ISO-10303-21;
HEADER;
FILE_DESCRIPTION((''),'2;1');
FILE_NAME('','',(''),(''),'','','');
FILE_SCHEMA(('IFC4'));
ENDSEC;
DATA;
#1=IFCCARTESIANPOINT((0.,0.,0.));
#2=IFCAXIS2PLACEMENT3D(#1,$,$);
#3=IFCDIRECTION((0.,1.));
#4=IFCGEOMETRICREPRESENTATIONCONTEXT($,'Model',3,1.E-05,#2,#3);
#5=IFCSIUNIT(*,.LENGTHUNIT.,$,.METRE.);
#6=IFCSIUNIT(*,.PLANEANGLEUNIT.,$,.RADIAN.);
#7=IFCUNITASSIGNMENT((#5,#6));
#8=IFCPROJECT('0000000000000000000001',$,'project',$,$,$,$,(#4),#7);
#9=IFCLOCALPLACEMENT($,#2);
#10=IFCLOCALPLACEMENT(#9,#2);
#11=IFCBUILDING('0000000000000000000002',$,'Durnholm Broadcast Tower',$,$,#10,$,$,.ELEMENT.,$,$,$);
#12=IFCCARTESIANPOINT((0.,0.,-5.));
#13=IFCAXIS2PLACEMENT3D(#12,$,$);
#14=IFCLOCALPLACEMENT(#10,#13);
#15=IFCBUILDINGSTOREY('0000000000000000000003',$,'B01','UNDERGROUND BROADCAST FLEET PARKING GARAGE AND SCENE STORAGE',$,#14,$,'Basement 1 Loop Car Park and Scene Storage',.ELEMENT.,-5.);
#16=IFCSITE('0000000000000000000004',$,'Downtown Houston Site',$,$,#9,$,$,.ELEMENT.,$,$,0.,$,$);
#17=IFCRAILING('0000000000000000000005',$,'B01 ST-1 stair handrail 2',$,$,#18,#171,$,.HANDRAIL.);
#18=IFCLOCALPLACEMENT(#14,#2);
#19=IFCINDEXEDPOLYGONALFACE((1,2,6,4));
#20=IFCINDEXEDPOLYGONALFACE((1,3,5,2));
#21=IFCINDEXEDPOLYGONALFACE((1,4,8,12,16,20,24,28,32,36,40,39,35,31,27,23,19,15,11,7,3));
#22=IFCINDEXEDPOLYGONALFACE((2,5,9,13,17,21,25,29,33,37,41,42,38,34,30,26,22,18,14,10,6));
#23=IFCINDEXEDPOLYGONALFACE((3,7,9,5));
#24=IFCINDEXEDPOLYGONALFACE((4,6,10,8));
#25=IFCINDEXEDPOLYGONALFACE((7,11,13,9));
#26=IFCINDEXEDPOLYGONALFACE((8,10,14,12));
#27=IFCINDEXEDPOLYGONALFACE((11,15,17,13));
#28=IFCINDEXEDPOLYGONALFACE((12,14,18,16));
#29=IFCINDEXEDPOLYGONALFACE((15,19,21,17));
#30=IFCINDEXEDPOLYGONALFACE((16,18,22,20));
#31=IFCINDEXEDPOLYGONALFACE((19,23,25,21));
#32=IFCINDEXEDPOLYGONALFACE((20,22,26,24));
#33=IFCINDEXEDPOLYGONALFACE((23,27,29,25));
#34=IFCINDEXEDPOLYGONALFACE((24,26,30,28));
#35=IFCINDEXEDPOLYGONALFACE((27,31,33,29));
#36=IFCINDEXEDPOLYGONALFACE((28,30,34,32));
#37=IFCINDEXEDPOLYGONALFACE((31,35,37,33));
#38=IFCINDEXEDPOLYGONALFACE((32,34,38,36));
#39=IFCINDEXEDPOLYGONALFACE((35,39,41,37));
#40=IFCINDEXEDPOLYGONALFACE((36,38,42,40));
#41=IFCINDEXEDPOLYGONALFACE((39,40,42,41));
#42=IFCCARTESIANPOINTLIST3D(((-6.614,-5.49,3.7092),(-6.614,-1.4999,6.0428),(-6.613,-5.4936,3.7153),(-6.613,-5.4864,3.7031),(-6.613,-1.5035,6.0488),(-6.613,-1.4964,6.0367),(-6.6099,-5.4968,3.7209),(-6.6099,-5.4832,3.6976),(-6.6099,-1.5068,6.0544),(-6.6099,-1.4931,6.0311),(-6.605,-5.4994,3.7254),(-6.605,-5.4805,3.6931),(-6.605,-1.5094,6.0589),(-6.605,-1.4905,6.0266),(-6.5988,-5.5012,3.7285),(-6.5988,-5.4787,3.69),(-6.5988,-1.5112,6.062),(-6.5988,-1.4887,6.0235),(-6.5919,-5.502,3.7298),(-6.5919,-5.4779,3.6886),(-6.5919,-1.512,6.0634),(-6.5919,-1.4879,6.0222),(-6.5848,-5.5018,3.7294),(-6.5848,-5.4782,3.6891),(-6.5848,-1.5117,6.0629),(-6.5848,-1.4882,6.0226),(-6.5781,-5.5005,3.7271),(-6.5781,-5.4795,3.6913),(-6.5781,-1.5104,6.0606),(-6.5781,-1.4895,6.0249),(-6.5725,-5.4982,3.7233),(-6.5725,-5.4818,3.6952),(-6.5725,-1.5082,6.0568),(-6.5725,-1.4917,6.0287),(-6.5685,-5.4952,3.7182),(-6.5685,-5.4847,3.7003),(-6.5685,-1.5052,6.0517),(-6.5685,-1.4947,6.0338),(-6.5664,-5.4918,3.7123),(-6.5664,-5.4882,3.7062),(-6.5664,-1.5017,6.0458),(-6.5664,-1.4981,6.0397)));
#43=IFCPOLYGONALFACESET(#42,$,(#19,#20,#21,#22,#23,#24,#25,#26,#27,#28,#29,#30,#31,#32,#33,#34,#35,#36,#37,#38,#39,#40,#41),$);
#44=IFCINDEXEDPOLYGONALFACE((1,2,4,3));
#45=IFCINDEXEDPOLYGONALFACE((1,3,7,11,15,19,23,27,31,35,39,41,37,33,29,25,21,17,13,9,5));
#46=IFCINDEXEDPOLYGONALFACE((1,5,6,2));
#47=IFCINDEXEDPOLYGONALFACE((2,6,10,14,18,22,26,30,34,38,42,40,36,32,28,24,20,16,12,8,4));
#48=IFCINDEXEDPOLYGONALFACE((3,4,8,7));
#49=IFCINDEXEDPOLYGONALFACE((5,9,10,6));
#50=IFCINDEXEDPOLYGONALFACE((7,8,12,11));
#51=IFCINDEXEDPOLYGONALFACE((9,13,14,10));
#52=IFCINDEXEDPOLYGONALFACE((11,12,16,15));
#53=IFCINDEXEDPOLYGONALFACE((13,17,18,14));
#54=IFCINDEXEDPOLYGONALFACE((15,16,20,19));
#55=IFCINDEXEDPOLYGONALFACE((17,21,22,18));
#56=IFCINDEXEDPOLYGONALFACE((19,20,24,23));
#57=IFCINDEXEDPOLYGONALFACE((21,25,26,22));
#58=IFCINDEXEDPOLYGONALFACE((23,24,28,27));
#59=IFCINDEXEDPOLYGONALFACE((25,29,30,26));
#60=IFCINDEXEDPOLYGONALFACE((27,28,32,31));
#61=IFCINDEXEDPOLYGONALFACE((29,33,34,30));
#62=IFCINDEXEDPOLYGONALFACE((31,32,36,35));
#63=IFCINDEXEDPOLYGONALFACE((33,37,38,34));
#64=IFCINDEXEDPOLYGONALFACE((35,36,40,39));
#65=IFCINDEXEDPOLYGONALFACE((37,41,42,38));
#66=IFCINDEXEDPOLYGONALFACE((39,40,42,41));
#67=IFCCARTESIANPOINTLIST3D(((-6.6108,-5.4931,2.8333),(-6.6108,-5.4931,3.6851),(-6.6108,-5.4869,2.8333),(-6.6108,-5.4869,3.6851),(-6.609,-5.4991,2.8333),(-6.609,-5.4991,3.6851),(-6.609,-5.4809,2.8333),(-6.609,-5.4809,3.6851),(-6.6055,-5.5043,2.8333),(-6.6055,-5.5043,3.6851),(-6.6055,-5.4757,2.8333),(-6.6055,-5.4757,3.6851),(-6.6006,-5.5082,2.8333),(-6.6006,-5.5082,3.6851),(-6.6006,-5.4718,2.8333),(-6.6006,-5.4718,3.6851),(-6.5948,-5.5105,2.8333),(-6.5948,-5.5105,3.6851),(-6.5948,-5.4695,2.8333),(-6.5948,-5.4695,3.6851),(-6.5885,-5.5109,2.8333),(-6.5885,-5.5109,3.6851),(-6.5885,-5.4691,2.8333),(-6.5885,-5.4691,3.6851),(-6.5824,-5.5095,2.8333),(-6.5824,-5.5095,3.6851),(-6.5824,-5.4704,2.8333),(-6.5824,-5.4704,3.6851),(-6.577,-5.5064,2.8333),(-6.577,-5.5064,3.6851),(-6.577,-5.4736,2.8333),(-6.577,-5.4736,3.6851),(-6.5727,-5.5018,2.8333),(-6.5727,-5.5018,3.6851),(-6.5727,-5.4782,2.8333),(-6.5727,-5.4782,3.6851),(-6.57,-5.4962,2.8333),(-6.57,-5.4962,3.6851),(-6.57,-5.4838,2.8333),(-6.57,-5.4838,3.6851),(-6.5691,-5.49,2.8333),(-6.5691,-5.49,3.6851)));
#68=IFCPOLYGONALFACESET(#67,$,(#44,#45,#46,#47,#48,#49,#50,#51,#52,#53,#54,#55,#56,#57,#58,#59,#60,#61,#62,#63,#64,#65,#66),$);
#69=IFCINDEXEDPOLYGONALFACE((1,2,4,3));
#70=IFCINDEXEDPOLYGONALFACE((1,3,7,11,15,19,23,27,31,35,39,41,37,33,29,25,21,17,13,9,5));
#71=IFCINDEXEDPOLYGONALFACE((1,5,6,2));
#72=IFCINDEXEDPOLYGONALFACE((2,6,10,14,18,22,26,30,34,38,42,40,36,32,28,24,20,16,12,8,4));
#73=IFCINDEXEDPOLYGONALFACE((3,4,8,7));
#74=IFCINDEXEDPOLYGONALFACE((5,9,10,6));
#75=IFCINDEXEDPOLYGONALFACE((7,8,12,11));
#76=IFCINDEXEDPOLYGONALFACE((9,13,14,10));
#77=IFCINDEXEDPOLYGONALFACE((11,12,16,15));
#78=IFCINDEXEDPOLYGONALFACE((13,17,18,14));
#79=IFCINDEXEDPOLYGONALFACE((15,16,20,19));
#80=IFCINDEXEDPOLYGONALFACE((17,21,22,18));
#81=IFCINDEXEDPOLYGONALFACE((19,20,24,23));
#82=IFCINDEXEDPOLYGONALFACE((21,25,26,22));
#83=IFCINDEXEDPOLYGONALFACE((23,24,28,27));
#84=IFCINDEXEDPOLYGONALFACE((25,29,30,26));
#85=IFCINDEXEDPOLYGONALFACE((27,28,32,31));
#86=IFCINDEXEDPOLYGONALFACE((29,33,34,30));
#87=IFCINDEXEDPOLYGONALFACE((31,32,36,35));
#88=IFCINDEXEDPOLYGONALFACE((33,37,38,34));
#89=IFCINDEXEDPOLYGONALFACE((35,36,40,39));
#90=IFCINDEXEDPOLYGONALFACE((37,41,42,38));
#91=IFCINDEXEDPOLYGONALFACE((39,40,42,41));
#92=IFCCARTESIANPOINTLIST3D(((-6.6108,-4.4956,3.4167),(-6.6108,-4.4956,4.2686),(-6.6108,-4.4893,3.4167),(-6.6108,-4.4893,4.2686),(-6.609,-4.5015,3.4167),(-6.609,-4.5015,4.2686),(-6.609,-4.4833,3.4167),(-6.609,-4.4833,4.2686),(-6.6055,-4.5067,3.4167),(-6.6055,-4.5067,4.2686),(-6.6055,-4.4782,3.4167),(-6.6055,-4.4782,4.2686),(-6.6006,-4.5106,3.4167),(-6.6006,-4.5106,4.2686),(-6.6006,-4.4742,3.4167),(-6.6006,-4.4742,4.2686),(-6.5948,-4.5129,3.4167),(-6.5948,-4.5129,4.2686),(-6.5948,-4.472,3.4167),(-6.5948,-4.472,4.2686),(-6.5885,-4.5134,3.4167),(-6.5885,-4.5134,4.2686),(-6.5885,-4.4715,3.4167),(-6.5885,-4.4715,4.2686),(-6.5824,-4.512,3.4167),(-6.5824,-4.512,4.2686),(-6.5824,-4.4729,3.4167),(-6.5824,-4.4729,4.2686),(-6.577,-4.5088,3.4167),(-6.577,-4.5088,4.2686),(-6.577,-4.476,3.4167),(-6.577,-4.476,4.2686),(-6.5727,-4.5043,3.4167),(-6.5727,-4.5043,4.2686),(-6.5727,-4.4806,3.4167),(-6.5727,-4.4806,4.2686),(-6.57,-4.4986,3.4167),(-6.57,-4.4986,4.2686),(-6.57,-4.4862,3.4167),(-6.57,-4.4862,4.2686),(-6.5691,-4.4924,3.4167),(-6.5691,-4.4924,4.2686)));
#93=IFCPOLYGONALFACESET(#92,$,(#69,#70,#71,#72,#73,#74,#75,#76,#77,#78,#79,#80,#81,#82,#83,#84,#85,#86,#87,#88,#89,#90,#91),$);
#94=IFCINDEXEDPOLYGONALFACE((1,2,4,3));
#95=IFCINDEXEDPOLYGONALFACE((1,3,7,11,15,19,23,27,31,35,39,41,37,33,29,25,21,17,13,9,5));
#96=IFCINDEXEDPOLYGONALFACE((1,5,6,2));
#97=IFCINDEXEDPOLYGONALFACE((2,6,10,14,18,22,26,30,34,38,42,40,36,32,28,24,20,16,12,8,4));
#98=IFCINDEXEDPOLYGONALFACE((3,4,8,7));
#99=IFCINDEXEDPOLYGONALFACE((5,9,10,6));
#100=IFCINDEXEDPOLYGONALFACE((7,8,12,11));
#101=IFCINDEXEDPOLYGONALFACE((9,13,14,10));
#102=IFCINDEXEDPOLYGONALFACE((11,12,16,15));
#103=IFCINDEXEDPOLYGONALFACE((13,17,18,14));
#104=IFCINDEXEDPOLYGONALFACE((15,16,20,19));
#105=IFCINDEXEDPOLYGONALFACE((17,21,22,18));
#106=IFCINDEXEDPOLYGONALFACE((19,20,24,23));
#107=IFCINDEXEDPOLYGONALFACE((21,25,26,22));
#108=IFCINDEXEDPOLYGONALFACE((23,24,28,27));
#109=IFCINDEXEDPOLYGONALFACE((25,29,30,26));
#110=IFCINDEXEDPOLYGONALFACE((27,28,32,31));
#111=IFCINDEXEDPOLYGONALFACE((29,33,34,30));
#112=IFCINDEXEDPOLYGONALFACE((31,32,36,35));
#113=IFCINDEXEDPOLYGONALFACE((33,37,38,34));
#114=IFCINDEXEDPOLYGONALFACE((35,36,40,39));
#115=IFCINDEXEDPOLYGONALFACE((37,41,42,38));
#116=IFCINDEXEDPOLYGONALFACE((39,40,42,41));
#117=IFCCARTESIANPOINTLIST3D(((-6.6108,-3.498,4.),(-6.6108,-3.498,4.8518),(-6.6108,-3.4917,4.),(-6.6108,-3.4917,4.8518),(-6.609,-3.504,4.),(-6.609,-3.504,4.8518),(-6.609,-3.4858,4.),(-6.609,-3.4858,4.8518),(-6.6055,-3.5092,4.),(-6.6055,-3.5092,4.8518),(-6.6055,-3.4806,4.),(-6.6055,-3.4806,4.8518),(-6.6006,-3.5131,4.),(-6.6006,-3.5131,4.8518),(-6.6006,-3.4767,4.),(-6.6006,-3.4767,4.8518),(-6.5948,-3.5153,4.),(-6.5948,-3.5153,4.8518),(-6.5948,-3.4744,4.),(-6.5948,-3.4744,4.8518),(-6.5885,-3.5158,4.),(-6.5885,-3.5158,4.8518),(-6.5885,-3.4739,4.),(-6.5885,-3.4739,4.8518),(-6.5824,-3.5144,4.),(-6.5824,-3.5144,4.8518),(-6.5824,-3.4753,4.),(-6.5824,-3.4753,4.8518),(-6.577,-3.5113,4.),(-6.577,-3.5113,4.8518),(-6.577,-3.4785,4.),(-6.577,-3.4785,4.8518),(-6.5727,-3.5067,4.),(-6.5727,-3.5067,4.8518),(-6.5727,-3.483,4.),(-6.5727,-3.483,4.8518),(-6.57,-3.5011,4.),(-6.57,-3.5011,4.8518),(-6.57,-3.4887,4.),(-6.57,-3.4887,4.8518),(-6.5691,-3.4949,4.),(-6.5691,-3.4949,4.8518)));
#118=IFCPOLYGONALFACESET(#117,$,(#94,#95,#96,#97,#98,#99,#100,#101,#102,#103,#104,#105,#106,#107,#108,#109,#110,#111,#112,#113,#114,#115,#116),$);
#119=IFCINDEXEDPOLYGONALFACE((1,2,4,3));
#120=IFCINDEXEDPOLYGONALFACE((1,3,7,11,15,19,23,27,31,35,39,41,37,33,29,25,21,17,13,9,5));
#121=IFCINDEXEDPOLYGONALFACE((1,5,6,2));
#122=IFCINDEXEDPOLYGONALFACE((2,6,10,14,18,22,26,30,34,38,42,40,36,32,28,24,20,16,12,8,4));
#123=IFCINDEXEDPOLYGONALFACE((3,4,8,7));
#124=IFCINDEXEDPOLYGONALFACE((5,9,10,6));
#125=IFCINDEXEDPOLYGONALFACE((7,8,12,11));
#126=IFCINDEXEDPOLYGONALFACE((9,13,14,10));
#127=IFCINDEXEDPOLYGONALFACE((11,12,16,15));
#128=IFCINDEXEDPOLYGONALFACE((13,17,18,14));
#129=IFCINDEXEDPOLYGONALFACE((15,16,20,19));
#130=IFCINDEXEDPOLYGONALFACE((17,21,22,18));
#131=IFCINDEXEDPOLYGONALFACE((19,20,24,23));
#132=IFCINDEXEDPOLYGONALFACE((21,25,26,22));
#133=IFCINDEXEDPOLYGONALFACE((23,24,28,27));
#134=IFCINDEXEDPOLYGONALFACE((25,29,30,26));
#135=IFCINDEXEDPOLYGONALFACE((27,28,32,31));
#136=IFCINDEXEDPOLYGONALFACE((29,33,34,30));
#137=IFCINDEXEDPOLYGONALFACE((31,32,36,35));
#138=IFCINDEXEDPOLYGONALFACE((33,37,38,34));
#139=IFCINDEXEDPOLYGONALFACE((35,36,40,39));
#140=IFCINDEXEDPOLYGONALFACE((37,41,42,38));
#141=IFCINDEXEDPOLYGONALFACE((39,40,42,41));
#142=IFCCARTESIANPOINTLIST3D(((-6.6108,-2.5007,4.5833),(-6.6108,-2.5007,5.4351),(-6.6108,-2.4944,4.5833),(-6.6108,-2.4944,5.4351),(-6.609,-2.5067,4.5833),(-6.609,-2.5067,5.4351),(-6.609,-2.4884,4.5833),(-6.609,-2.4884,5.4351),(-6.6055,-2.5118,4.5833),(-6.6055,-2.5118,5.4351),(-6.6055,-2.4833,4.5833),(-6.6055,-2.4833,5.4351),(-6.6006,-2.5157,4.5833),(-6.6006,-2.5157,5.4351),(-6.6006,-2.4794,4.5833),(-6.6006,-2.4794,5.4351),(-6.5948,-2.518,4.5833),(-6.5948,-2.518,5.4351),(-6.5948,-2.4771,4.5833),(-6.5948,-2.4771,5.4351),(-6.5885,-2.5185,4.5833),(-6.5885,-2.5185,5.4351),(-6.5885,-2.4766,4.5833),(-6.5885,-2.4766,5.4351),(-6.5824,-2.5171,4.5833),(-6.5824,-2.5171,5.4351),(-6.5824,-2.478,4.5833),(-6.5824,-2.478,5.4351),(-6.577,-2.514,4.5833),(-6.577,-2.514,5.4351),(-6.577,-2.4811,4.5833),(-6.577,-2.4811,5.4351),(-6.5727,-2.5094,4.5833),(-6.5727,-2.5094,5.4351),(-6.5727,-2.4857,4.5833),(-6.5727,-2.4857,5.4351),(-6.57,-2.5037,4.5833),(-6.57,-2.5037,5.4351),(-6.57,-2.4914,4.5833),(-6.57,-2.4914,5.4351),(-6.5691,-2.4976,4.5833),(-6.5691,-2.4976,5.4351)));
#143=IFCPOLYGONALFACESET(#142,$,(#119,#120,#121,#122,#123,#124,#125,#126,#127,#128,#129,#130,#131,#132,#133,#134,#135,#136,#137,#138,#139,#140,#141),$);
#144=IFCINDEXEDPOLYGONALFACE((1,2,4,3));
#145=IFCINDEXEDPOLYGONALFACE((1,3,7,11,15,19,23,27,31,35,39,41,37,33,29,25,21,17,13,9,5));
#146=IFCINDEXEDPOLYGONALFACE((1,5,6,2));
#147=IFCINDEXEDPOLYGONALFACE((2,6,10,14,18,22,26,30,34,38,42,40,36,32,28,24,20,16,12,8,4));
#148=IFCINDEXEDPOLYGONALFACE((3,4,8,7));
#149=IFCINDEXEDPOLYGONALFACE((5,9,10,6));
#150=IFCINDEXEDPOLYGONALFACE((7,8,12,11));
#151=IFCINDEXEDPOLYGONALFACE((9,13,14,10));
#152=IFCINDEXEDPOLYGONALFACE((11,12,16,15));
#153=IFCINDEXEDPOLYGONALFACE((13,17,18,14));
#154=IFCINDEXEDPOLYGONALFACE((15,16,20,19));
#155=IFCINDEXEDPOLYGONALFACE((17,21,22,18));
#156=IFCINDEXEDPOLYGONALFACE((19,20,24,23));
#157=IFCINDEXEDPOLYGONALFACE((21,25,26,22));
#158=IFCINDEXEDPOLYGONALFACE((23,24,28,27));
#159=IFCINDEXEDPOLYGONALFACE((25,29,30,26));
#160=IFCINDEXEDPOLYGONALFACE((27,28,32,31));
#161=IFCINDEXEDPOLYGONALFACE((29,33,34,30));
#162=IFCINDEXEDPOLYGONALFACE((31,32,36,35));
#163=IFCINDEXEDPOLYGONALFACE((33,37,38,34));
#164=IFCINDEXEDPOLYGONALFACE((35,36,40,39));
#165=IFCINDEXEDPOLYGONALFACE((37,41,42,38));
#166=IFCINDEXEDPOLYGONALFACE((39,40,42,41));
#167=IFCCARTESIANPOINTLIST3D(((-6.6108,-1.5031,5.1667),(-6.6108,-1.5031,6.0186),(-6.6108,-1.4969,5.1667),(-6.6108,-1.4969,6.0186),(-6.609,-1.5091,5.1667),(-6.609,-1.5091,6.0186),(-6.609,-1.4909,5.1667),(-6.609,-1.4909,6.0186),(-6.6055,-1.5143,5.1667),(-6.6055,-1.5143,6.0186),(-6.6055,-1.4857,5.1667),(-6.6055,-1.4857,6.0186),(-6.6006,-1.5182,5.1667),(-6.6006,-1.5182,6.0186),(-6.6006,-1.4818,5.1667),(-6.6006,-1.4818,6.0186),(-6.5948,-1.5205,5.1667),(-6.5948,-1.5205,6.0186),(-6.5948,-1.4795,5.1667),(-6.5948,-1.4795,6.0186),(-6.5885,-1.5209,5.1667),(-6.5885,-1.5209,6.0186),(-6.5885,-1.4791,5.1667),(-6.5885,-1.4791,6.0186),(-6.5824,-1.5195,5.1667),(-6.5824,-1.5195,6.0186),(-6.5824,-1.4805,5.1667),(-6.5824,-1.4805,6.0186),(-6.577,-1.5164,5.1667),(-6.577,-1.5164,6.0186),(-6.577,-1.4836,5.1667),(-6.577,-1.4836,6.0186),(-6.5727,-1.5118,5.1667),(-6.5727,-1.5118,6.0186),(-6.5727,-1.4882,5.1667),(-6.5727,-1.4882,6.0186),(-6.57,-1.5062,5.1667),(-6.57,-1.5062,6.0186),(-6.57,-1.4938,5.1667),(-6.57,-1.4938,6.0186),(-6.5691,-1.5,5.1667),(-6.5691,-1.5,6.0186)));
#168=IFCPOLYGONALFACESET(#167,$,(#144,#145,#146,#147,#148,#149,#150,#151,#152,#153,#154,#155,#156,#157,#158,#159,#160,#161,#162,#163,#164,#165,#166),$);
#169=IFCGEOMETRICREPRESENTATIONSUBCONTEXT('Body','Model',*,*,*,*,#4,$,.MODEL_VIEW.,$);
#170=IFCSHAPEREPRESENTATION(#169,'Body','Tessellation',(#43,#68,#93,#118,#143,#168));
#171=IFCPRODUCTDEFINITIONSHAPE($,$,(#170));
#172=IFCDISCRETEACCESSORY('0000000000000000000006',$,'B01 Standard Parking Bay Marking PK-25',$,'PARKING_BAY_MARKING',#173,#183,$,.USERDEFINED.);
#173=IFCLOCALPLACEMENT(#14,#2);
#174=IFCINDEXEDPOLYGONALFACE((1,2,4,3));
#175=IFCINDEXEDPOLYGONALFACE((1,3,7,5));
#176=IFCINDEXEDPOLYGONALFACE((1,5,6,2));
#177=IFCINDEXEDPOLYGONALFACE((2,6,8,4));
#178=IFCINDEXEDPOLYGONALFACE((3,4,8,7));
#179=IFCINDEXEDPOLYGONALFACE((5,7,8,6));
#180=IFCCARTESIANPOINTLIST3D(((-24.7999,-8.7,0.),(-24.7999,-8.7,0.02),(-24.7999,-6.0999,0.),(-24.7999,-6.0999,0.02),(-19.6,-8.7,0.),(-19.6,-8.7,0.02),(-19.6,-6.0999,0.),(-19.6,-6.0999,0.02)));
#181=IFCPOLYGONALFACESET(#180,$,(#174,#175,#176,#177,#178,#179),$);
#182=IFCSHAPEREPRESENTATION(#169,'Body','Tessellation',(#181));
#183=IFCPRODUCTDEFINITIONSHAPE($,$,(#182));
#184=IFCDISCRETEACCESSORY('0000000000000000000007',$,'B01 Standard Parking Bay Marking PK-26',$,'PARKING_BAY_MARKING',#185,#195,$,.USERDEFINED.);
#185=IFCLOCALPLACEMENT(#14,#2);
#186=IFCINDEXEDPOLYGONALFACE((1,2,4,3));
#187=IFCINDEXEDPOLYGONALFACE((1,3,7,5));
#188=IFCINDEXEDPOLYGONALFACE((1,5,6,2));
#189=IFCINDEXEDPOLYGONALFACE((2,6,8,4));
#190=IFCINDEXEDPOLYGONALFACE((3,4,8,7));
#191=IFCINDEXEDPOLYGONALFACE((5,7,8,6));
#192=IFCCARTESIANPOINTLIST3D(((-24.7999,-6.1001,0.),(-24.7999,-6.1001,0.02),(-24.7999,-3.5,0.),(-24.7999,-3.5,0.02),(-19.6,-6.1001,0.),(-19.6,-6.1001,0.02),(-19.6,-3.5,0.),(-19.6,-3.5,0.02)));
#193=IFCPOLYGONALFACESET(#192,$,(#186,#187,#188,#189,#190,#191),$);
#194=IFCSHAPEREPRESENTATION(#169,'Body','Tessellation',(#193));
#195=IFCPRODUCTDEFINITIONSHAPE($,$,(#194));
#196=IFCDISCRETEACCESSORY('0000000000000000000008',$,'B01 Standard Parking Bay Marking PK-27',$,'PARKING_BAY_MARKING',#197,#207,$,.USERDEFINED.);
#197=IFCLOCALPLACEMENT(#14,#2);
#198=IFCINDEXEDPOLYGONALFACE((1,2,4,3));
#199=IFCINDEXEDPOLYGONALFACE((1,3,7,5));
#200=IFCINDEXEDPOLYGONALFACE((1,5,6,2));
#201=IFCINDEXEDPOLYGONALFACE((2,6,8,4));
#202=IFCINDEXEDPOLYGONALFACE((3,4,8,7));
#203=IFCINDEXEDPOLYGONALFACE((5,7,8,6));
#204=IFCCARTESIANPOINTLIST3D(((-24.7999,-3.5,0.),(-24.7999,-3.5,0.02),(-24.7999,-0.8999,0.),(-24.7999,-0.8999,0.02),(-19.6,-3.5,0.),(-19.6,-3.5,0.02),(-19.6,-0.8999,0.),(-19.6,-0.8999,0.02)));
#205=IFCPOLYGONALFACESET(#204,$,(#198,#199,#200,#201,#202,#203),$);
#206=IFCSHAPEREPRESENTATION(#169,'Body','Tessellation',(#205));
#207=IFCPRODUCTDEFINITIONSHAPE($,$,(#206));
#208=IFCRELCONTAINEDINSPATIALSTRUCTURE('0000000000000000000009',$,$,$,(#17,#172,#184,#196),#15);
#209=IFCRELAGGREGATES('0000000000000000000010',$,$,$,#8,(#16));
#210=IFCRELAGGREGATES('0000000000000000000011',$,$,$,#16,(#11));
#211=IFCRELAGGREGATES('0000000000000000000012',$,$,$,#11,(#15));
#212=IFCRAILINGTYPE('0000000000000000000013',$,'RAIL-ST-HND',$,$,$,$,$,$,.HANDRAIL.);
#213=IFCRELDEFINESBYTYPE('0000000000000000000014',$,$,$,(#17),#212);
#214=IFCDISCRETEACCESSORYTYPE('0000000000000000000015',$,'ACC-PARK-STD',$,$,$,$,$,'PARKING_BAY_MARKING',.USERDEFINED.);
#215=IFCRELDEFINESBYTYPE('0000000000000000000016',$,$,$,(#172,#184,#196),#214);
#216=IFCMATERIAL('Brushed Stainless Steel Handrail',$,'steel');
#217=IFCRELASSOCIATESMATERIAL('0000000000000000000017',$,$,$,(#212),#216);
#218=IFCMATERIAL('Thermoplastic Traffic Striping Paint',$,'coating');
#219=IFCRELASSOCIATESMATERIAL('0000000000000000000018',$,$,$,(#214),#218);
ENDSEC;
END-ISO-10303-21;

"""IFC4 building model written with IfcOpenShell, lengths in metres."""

from ifc_helpers import new_model, si_unit, direction, frame, origin, origin_2d, place, context, subcontext, project, spatial, rectangle, circle, extrude, source, transform, mapped, material, type_object, type_shapes, element, save


model = new_model("IFC4")

# Units and contexts
model_context = context("Model", 3, precision=1e-05, world=origin(), true_north=direction((0.0, 1.0)))
body_context = subcontext(model_context, "Body", "Model", "MODEL_VIEW")
ifc_project = project(units=[si_unit("LENGTHUNIT", "METRE"), si_unit("PLANEANGLEUNIT", "RADIAN")], contexts=[model_context])

# Site, building, storey
site_placement = place(None, origin())
site = spatial("IfcSite", under=ifc_project, at=site_placement, Name="Downtown Houston Site", CompositionType="ELEMENT", RefElevation=0.0)
building_placement = place(site_placement, origin())
building = spatial("IfcBuilding", under=site, at=building_placement, Name="Durnholm Broadcast Tower", CompositionType="ELEMENT")
storey_placement = place(building_placement, frame((0.0, 0.0, -5.0)))
storey = spatial("IfcBuildingStorey", under=building, at=storey_placement, Name="B01", Description="UNDERGROUND BROADCAST FLEET PARKING GARAGE AND SCENE STORAGE", LongName="Basement 1 Loop Car Park and Scene Storage", CompositionType="ELEMENT", Elevation=-5.0)

# Railing
ifc_material_1 = material(Name="Brushed Stainless Steel Handrail", Category="steel")
railing_type_1 = type_object("IfcRailingType", Name="RAIL-ST-HND", PredefinedType="HANDRAIL", material=ifc_material_1)
railing_1_placement = place(storey_placement, frame((-6.5901, -5.49, 2.8333)))
element("IfcRailing", 1, at=railing_1_placement, inside=storey, type_object=railing_type_1, Name="B01 ST-1 stair handrail 2", PredefinedType="HANDRAIL", context=body_context, shape_type="SweptSolid", body=[
    extrude(circle(Radius=0.0239, at=origin_2d()), frame((0.0, 0.0, 0.876), z_axis=(0.0, 0.863213, 0.50484), x_axis=(-1.0, 0.0, 0.0)), (0.0, 0.0, 1.0), 4.6223),
    extrude(circle(Radius=0.021, at=origin_2d()), origin(), (0.0, 0.0, 1.0), 0.8518),
    extrude(circle(Radius=0.021, at=origin_2d()), frame((0.0, 0.9976, 0.5835)), (0.0, 0.0, 1.0), 0.8518),
    extrude(circle(Radius=0.021, at=origin_2d()), frame((0.0, 1.9951, 1.1667)), (0.0, 0.0, 1.0), 0.8518),
    extrude(circle(Radius=0.021, at=origin_2d()), frame((0.0, 2.9924, 1.75)), (0.0, 0.0, 1.0), 0.8518),
    extrude(circle(Radius=0.021, at=origin_2d()), frame((0.0, 3.99, 2.3335)), (0.0, 0.0, 1.0), 0.8518),
])

# Discrete accessories
ifc_material_2 = material(Name="Thermoplastic Traffic Striping Paint", Category="coating")
discrete_accessory_type = type_object("IfcDiscreteAccessoryType", Name="ACC-PARK-STD", ElementType="PARKING_BAY_MARKING", PredefinedType="USERDEFINED", material=ifc_material_2)
shared_shape_1 = source(origin(), body_context, "Body", "SweptSolid", [
    extrude(rectangle(XDim=5.2, YDim=2.6001, at=origin_2d()), origin(), (0.0, 0.0, 1.0), 0.02),
])
type_shapes(discrete_accessory_type, [shared_shape_1])
for number, where, z_axis, x_axis, name in (
    (2, (-22.2, -7.3999, 0.0), (0.0, 0.0, 1.0), (1.0, 0.0, 0.0), "B01 Standard Parking Bay Marking PK-25"),
    (3, (-22.2, -4.8, 0.0), (0.0, 0.0, 1.0), (1.0, 0.0, 0.0), "B01 Standard Parking Bay Marking PK-26"),
    (4, (-22.2, -2.2, 0.0), (0.0, 0.0, 1.0), (1.0, 0.0, 0.0), "B01 Standard Parking Bay Marking PK-27"),
):
    element("IfcDiscreteAccessory", number, at=place(storey_placement, frame(where, z_axis=z_axis, x_axis=x_axis)), inside=storey, type_object=discrete_accessory_type, Name=name, ObjectType="PARKING_BAY_MARKING", PredefinedType="USERDEFINED", context=body_context, shape_type="MappedRepresentation", body=[
        mapped(shared_shape_1, transform((0.0, 0.0, 0.0), x_axis=(1.0, 0.0, 0.0), y_axis=(0.0, 1.0, 0.0), z_axis=(0.0, 0.0, 1.0), scale=1.0)),
    ])

save(model, "model.ifc")
